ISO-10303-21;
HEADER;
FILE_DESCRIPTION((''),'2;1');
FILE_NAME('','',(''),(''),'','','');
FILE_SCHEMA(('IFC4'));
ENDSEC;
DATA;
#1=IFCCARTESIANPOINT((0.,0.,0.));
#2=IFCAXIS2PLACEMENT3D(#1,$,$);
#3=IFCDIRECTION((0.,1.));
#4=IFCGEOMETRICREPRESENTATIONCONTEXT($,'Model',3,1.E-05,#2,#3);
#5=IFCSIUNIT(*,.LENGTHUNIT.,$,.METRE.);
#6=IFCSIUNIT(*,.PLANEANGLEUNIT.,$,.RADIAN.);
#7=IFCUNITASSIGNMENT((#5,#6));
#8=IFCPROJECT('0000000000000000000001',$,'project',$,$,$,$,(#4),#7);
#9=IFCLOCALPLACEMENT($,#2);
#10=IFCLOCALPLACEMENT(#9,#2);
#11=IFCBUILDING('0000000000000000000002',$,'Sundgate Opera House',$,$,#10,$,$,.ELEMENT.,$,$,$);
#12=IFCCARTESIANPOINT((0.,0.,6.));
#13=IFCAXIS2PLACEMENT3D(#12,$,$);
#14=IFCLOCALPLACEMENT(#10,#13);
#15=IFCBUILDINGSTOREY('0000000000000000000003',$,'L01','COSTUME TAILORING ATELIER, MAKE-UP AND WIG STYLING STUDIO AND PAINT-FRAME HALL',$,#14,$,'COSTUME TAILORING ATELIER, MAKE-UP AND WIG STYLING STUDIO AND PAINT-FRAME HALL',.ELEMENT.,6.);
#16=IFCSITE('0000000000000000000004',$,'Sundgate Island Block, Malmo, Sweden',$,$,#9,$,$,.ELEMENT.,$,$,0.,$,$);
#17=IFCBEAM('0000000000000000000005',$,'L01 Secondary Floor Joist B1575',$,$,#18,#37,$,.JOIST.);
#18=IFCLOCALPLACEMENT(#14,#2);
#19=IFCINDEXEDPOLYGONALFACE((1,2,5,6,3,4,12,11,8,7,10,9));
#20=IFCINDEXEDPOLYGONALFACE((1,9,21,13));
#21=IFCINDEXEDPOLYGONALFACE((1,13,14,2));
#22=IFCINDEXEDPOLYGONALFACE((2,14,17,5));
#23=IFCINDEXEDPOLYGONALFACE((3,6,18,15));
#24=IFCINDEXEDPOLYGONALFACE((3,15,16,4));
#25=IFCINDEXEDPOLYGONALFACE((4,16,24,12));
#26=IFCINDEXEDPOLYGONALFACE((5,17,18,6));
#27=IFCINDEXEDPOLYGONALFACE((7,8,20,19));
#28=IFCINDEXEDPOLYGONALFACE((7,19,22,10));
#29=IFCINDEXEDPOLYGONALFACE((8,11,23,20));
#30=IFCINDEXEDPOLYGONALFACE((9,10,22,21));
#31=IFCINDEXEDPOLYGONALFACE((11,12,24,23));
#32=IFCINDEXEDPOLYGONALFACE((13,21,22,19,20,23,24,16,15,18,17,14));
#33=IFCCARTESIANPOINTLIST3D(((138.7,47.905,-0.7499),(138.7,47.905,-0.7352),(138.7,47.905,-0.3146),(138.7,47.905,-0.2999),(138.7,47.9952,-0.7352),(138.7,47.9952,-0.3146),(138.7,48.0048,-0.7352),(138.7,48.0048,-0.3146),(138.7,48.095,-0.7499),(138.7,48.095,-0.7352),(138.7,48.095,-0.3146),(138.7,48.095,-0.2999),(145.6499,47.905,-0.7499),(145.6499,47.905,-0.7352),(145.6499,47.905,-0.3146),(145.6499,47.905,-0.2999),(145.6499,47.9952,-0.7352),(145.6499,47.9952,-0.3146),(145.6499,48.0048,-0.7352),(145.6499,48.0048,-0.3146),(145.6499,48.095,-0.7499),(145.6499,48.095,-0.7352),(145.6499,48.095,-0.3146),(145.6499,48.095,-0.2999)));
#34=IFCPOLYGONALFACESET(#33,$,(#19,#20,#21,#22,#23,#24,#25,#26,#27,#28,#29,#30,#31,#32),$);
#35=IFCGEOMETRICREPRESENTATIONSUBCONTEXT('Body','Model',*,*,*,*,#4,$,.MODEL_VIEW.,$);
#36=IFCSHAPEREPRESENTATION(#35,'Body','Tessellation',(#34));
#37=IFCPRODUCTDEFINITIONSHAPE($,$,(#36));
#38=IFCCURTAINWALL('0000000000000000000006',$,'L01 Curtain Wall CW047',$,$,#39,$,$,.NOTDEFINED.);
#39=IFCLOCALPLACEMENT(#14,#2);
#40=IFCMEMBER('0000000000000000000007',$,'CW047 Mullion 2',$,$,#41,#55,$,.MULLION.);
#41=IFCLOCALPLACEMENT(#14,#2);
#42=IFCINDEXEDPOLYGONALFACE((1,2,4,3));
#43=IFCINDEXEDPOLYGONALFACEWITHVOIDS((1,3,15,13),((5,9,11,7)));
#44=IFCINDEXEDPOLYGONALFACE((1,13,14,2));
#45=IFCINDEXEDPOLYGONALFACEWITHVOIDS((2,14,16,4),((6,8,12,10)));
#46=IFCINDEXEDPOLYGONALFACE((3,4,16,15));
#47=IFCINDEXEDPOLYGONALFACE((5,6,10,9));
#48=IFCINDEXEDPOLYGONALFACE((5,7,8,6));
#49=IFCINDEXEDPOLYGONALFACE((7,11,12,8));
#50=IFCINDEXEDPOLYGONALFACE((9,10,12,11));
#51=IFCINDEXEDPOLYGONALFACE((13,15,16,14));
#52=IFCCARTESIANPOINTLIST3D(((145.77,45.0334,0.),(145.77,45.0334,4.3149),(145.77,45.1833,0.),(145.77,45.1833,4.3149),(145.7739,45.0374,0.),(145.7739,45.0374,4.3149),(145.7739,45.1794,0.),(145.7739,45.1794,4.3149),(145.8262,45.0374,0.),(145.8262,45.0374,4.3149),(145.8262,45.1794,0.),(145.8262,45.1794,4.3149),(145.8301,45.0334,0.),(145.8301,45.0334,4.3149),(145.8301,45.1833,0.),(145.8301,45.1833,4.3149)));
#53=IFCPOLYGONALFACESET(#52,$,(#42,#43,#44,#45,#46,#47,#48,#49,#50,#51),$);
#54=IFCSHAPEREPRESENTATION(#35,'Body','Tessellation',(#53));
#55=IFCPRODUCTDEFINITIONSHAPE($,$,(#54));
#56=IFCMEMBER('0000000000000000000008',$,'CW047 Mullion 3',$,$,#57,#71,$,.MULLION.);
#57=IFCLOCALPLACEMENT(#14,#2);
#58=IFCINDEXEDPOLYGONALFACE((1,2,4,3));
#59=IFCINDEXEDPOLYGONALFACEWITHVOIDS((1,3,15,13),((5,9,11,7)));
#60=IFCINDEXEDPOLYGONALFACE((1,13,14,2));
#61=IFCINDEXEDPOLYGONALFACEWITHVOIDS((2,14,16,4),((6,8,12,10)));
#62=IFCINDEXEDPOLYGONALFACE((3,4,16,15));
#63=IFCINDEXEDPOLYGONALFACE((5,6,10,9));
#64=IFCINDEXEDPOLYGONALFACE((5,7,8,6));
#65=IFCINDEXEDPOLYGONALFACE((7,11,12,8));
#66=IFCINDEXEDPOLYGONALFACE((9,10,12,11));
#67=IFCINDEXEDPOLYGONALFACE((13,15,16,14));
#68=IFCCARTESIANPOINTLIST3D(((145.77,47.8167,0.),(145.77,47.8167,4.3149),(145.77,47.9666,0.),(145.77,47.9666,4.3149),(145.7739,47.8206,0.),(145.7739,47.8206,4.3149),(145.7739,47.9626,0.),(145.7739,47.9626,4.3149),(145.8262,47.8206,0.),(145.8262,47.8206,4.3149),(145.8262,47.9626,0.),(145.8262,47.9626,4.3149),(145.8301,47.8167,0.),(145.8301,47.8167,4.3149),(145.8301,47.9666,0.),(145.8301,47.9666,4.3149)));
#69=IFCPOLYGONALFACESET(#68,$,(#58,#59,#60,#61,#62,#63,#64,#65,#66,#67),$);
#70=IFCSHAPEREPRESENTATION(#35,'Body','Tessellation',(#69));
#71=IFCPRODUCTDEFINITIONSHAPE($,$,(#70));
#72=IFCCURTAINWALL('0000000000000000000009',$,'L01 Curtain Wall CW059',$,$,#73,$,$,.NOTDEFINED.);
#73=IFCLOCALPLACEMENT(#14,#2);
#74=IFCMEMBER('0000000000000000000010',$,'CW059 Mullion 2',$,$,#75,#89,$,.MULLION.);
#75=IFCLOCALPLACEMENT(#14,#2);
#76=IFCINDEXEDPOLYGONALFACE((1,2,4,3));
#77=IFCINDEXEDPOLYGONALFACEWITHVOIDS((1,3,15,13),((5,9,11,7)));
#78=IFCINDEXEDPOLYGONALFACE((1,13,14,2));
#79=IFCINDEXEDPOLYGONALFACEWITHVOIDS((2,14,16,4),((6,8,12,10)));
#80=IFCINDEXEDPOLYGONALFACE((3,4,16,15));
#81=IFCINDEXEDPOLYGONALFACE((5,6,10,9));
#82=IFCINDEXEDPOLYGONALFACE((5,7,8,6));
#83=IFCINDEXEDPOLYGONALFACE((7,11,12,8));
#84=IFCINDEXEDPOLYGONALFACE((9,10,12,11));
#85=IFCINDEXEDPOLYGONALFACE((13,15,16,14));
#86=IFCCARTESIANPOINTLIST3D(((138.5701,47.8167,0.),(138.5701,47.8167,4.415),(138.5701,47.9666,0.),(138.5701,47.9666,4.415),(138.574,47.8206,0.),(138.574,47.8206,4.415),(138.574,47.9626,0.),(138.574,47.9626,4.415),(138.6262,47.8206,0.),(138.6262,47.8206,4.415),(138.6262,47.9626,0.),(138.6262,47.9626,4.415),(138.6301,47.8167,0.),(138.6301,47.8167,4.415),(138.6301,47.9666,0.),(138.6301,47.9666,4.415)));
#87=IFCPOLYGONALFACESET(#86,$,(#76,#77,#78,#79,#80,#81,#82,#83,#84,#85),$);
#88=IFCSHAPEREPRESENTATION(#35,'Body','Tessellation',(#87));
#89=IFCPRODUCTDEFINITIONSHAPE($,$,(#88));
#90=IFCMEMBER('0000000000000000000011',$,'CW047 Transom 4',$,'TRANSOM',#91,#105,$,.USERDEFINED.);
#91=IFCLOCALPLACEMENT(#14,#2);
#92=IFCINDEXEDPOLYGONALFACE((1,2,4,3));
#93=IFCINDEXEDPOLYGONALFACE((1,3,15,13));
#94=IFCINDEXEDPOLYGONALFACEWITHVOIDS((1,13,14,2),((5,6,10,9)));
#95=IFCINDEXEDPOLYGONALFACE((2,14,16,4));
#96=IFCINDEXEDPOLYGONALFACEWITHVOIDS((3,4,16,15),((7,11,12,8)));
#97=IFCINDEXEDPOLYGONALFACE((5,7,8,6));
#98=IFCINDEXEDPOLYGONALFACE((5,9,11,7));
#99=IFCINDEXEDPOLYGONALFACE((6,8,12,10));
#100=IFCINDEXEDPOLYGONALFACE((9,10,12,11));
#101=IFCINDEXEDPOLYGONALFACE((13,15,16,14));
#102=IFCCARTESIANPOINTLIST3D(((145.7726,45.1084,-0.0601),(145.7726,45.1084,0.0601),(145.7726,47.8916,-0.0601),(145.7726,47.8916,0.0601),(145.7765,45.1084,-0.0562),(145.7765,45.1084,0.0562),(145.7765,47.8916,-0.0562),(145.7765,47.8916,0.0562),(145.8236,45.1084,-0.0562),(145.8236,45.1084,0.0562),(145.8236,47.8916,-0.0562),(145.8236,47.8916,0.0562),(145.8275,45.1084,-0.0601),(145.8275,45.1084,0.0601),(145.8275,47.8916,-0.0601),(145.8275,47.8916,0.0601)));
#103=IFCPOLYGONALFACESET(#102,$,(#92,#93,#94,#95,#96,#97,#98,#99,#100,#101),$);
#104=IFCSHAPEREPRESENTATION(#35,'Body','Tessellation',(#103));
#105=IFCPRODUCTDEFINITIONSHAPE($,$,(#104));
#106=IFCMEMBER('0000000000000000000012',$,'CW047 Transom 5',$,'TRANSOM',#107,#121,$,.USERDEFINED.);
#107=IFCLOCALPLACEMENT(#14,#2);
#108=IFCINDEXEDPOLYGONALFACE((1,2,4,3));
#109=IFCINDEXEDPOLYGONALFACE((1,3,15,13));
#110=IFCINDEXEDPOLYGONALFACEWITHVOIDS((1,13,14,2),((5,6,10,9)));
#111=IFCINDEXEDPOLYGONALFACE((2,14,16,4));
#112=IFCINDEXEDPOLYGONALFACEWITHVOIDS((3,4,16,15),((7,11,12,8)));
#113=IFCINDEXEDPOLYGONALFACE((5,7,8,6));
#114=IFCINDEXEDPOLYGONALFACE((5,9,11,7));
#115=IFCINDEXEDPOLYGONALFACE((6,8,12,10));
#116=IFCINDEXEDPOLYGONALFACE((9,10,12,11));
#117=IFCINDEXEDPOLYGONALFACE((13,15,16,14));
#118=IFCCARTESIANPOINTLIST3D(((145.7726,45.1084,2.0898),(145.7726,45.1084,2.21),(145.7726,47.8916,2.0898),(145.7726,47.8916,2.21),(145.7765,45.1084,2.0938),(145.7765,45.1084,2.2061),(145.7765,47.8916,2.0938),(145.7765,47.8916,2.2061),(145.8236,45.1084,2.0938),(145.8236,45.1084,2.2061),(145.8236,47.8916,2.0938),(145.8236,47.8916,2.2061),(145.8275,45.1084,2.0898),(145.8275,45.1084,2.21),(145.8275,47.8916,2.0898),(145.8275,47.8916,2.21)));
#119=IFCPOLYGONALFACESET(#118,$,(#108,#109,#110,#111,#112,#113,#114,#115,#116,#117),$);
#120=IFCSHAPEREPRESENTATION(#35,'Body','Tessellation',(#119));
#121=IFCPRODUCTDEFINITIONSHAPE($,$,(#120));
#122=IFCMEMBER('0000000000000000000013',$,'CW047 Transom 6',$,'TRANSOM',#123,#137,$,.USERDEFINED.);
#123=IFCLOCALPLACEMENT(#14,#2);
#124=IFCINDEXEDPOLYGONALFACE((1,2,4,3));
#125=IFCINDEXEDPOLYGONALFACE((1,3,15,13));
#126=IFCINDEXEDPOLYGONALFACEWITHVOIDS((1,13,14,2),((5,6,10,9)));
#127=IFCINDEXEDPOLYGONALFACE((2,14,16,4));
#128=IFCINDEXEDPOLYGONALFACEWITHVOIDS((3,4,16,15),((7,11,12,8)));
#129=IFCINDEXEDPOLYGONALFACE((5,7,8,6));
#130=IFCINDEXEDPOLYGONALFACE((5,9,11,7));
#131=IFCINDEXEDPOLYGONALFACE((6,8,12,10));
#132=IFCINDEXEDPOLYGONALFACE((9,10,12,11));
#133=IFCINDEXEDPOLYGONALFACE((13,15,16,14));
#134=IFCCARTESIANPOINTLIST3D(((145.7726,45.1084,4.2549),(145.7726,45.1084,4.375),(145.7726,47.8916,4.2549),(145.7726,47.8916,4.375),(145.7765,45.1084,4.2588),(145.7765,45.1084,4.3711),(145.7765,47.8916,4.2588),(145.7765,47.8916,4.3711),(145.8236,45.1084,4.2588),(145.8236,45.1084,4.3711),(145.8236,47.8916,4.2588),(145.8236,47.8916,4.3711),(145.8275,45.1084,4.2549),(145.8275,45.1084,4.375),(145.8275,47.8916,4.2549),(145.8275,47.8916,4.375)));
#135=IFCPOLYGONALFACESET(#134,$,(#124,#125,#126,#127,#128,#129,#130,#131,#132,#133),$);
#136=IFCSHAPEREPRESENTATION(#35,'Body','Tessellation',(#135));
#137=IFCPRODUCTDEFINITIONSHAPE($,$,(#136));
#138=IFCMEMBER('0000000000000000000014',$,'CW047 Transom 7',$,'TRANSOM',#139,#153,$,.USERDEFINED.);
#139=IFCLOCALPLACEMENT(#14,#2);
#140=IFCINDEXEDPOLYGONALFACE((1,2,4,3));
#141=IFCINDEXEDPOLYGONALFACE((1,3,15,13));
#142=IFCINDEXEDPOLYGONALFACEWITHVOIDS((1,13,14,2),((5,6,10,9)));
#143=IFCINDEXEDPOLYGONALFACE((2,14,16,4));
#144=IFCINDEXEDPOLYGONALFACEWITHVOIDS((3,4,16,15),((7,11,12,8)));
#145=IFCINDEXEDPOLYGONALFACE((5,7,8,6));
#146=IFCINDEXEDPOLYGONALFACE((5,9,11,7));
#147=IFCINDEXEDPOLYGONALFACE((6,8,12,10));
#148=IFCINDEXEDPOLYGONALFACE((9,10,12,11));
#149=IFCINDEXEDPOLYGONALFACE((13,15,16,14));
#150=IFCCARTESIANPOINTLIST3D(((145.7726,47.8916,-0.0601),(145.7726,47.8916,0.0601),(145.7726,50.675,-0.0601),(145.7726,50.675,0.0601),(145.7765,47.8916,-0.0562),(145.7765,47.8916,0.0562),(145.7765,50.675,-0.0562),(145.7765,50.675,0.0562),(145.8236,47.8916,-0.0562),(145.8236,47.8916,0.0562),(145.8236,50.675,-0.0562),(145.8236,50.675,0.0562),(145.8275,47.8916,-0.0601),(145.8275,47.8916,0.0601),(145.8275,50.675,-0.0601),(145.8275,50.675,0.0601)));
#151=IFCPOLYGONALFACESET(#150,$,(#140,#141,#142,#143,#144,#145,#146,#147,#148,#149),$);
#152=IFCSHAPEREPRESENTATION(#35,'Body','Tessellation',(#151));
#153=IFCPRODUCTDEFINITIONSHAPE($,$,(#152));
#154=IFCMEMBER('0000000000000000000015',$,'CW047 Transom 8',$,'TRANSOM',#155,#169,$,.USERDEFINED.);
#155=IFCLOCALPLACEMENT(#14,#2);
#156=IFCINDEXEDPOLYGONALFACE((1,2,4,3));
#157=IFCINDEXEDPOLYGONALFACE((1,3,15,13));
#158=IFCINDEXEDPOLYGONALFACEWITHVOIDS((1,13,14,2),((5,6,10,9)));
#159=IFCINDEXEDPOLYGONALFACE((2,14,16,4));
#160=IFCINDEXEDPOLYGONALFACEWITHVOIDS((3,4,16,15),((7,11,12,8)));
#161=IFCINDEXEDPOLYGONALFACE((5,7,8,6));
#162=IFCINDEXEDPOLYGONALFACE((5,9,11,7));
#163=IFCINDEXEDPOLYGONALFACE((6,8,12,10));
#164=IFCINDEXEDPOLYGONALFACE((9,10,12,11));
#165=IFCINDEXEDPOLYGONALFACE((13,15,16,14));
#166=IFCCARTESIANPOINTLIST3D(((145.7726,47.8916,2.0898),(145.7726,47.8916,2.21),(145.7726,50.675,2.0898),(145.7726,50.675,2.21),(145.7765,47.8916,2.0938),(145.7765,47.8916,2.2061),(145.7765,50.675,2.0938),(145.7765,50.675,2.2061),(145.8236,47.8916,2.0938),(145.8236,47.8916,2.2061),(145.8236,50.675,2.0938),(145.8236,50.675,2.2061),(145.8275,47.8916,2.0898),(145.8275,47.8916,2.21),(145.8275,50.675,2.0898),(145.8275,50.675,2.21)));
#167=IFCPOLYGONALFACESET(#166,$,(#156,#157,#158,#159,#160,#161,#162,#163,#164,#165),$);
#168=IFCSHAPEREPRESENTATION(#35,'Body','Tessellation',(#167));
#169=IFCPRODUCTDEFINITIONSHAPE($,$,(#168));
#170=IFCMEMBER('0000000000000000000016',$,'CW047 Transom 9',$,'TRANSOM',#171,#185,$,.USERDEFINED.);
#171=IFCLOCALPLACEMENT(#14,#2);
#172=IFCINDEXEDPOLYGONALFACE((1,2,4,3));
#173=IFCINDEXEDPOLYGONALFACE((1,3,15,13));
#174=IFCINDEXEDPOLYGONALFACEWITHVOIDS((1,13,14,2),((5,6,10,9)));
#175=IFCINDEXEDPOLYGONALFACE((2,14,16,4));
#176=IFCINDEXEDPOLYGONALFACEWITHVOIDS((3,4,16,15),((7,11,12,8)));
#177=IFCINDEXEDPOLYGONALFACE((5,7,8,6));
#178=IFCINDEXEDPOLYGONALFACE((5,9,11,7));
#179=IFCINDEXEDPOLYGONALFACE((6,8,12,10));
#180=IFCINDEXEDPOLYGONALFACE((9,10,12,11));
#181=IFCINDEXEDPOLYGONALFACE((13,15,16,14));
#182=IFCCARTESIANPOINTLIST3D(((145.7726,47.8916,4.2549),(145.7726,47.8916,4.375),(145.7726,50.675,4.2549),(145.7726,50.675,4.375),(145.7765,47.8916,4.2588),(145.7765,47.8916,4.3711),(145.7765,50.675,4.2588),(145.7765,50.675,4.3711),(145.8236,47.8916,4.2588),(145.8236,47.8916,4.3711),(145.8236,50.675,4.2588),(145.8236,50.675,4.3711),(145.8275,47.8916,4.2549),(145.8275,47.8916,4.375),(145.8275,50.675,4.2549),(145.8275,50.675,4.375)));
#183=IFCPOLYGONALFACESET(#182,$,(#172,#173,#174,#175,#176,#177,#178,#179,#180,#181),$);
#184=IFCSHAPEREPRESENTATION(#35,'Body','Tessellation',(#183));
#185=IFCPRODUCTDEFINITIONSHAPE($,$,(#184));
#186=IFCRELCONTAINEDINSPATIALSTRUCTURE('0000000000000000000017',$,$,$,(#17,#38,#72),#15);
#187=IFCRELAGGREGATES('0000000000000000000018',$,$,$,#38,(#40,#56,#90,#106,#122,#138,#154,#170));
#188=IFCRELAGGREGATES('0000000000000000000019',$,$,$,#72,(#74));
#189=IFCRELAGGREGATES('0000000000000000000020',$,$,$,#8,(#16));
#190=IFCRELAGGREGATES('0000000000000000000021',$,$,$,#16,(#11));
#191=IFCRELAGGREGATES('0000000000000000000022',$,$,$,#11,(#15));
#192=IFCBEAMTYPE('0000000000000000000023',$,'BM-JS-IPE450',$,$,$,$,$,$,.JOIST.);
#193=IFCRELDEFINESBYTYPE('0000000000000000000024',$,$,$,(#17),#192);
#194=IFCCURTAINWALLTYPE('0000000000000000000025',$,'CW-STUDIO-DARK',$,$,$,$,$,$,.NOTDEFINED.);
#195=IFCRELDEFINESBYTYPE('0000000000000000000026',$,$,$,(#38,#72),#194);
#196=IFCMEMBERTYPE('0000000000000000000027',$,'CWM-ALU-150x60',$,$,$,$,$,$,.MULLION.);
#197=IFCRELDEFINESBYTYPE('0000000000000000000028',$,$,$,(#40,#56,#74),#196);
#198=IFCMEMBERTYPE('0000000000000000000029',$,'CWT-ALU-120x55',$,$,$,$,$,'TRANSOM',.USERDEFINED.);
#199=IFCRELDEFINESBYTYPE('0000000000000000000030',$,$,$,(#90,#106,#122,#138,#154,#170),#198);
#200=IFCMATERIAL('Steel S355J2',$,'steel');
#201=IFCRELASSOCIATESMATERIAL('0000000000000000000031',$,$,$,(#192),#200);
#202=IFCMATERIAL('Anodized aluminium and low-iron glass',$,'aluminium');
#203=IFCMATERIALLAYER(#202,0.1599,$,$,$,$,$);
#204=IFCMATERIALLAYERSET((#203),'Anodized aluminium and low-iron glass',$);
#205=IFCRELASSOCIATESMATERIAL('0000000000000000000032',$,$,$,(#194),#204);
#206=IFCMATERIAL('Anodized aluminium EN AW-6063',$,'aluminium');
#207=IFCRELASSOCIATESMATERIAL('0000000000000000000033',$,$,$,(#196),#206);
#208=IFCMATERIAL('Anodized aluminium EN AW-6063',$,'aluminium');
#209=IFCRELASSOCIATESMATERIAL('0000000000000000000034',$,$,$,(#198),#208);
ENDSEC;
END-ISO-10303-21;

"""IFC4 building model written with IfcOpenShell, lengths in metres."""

from ifc_helpers import new_model, si_unit, direction, frame, origin, origin_2d, place, context, subcontext, project, spatial, hollow_rectangle, i_section, extrude, material, layer, layer_set, material_profile, profile_set, type_object, element, aggregate, save


model = new_model("IFC4")

# Units and contexts
model_context = context("Model", 3, precision=1e-05, world=origin(), true_north=direction((0.0, 1.0)))
body_context = subcontext(model_context, "Body", "Model", "MODEL_VIEW")
ifc_project = project(units=[si_unit("LENGTHUNIT", "METRE"), si_unit("PLANEANGLEUNIT", "RADIAN")], contexts=[model_context])

# Site, building, storey
site_placement = place(None, origin())
site = spatial("IfcSite", under=ifc_project, at=site_placement, Name="Sundgate Island Block, Malmo, Sweden", CompositionType="ELEMENT", RefElevation=0.0)
building_placement = place(site_placement, origin())
building = spatial("IfcBuilding", under=site, at=building_placement, Name="Sundgate Opera House", CompositionType="ELEMENT")
storey_placement = place(building_placement, frame((0.0, 0.0, 6.0)))
storey = spatial("IfcBuildingStorey", under=building, at=storey_placement, Name="L01", Description="COSTUME TAILORING ATELIER, MAKE-UP AND WIG STYLING STUDIO AND PAINT-FRAME HALL", LongName="COSTUME TAILORING ATELIER, MAKE-UP AND WIG STYLING STUDIO AND PAINT-FRAME HALL", CompositionType="ELEMENT", Elevation=6.0)

# Beam
ifc_material_1 = material(Name="Steel S355J2", Category="steel")
ifc_material_profile_1 = material_profile(ifc_material_1, i_section(OverallWidth=0.1899, OverallDepth=0.45, WebThickness=0.0095, FlangeThickness=0.0146, at=origin_2d()), Name="IPE 450")
ifc_profile_set_1 = profile_set([ifc_material_profile_1], Name="Steel S355J2")
beam_type = type_object("IfcBeamType", Name="BM-JS-IPE450", PredefinedType="JOIST", material=ifc_profile_set_1)
beam_placement = place(storey_placement, frame((138.7, 48.0, -0.5249), z_axis=(1.0, 0.0, 0.0), x_axis=(0.0, 1.0, 0.0)))
element("IfcBeam", 1, at=beam_placement, inside=storey, type_object=beam_type, Name="L01 Secondary Floor Joist B1575", PredefinedType="JOIST", context=body_context, shape_type="SweptSolid", body=[
    extrude(i_section(OverallWidth=0.1899, OverallDepth=0.45, WebThickness=0.0095, FlangeThickness=0.0146, at=origin_2d()), origin(), (0.0, 0.0, 1.0), 6.95),
])

# Curtain wall, members
ifc_material_2 = material(Name="Anodized aluminium and low-iron glass", Category="aluminium")
ifc_layer_1 = layer(ifc_material_2, 0.1599)
ifc_layer_set_1 = layer_set([ifc_layer_1], Name="Anodized aluminium and low-iron glass")
curtain_wall_type = type_object("IfcCurtainWallType", Name="CW-STUDIO-DARK", PredefinedType="NOTDEFINED", material=ifc_layer_set_1)
curtain_wall_1_placement = place(storey_placement, origin())
curtain_wall_1 = element("IfcCurtainWall", 2, at=curtain_wall_1_placement, inside=storey, type_object=curtain_wall_type, Name="L01 Curtain Wall CW047", PredefinedType="NOTDEFINED")
ifc_material_3 = material(Name="Anodized aluminium EN AW-6063", Category="aluminium")
ifc_material_profile_2 = material_profile(ifc_material_3, hollow_rectangle(XDim=0.0601, YDim=0.1499, WallThickness=0.0039, at=origin_2d()), Name="CWM 150x60x4")
ifc_profile_set_2 = profile_set([ifc_material_profile_2], Name="Anodized aluminium EN AW-6063")
member_type_1 = type_object("IfcMemberType", Name="CWM-ALU-150x60", PredefinedType="MULLION", material=ifc_profile_set_2)
member_1_placement = place(storey_placement, frame((145.8, 45.1084, 0.0), z_axis=(0.0, 0.0, 1.0), x_axis=(1.0, 0.0, 0.0)))
member_1 = element("IfcMember", 3, at=member_1_placement, type_object=member_type_1, Name="CW047 Mullion 2", PredefinedType="MULLION", context=body_context, shape_type="SweptSolid", body=[
    extrude(hollow_rectangle(XDim=0.0601, YDim=0.1499, WallThickness=0.0039, at=origin_2d()), origin(), (0.0, 0.0, 1.0), 4.3149),
])
member_2_placement = place(storey_placement, frame((145.8, 47.8916, 0.0), z_axis=(0.0, 0.0, 1.0), x_axis=(1.0, 0.0, 0.0)))
member_2 = element("IfcMember", 4, at=member_2_placement, type_object=member_type_1, Name="CW047 Mullion 3", PredefinedType="MULLION", context=body_context, shape_type="SweptSolid", body=[
    extrude(hollow_rectangle(XDim=0.0601, YDim=0.1499, WallThickness=0.0039, at=origin_2d()), origin(), (0.0, 0.0, 1.0), 4.3149),
])

# Curtain wall, member
curtain_wall_2_placement = place(storey_placement, origin())
curtain_wall_2 = element("IfcCurtainWall", 5, at=curtain_wall_2_placement, inside=storey, type_object=curtain_wall_type, Name="L01 Curtain Wall CW059", PredefinedType="NOTDEFINED")
member_3_placement = place(storey_placement, frame((138.6001, 47.8916, 0.0), z_axis=(0.0, 0.0, 1.0), x_axis=(1.0, 0.0, 0.0)))
member_3 = element("IfcMember", 6, at=member_3_placement, type_object=member_type_1, Name="CW059 Mullion 2", PredefinedType="MULLION", context=body_context, shape_type="SweptSolid", body=[
    extrude(hollow_rectangle(XDim=0.0601, YDim=0.1499, WallThickness=0.0039, at=origin_2d()), origin(), (0.0, 0.0, 1.0), 4.415),
])

# Members
ifc_material_4 = material(Name="Anodized aluminium EN AW-6063", Category="aluminium")
ifc_material_profile_3 = material_profile(ifc_material_4, hollow_rectangle(XDim=0.0549, YDim=0.1201, WallThickness=0.0039, at=origin_2d()), Name="CWT 120x55x4")
ifc_profile_set_3 = profile_set([ifc_material_profile_3], Name="Anodized aluminium EN AW-6063")
member_type_2 = type_object("IfcMemberType", Name="CWT-ALU-120x55", ElementType="TRANSOM", PredefinedType="USERDEFINED", material=ifc_profile_set_3)
member_4_placement = place(storey_placement, frame((145.8, 45.1084, 0.0), z_axis=(0.0, 1.0, 0.0), x_axis=(-1.0, 0.0, 0.0)))
member_4 = element("IfcMember", 7, at=member_4_placement, type_object=member_type_2, Name="CW047 Transom 4", ObjectType="TRANSOM", PredefinedType="USERDEFINED", context=body_context, shape_type="SweptSolid", body=[
    extrude(hollow_rectangle(XDim=0.0549, YDim=0.1201, WallThickness=0.0039, at=origin_2d()), origin(), (0.0, 0.0, 1.0), 2.7832),
])
member_5_placement = place(storey_placement, frame((145.8, 45.1084, 2.1499), z_axis=(0.0, 1.0, 0.0), x_axis=(-1.0, 0.0, 0.0)))
member_5 = element("IfcMember", 8, at=member_5_placement, type_object=member_type_2, Name="CW047 Transom 5", ObjectType="TRANSOM", PredefinedType="USERDEFINED", context=body_context, shape_type="SweptSolid", body=[
    extrude(hollow_rectangle(XDim=0.0549, YDim=0.1201, WallThickness=0.0039, at=origin_2d()), origin(), (0.0, 0.0, 1.0), 2.7832),
])
member_6_placement = place(storey_placement, frame((145.8, 45.1084, 4.3149), z_axis=(0.0, 1.0, 0.0), x_axis=(-1.0, 0.0, 0.0)))
member_6 = element("IfcMember", 9, at=member_6_placement, type_object=member_type_2, Name="CW047 Transom 6", ObjectType="TRANSOM", PredefinedType="USERDEFINED", context=body_context, shape_type="SweptSolid", body=[
    extrude(hollow_rectangle(XDim=0.0549, YDim=0.1201, WallThickness=0.0039, at=origin_2d()), origin(), (0.0, 0.0, 1.0), 2.7832),
])
member_7_placement = place(storey_placement, frame((145.8, 47.8916, 0.0), z_axis=(0.0, 1.0, 0.0), x_axis=(-1.0, 0.0, 0.0)))
member_7 = element("IfcMember", 10, at=member_7_placement, type_object=member_type_2, Name="CW047 Transom 7", ObjectType="TRANSOM", PredefinedType="USERDEFINED", context=body_context, shape_type="SweptSolid", body=[
    extrude(hollow_rectangle(XDim=0.0549, YDim=0.1201, WallThickness=0.0039, at=origin_2d()), origin(), (0.0, 0.0, 1.0), 2.7834),
])
member_8_placement = place(storey_placement, frame((145.8, 47.8916, 2.1499), z_axis=(0.0, 1.0, 0.0), x_axis=(-1.0, 0.0, 0.0)))
member_8 = element("IfcMember", 11, at=member_8_placement, type_object=member_type_2, Name="CW047 Transom 8", ObjectType="TRANSOM", PredefinedType="USERDEFINED", context=body_context, shape_type="SweptSolid", body=[
    extrude(hollow_rectangle(XDim=0.0549, YDim=0.1201, WallThickness=0.0039, at=origin_2d()), origin(), (0.0, 0.0, 1.0), 2.7834),
])
member_9_placement = place(storey_placement, frame((145.8, 47.8916, 4.3149), z_axis=(0.0, 1.0, 0.0), x_axis=(-1.0, 0.0, 0.0)))
member_9 = element("IfcMember", 12, at=member_9_placement, type_object=member_type_2, Name="CW047 Transom 9", ObjectType="TRANSOM", PredefinedType="USERDEFINED", context=body_context, shape_type="SweptSolid", body=[
    extrude(hollow_rectangle(XDim=0.0549, YDim=0.1201, WallThickness=0.0039, at=origin_2d()), origin(), (0.0, 0.0, 1.0), 2.7834),
])

aggregate(curtain_wall_1, [member_1, member_2, member_4, member_5, member_6, member_7, member_8, member_9])
aggregate(curtain_wall_2, [member_3])

save(model, "model.ifc")
